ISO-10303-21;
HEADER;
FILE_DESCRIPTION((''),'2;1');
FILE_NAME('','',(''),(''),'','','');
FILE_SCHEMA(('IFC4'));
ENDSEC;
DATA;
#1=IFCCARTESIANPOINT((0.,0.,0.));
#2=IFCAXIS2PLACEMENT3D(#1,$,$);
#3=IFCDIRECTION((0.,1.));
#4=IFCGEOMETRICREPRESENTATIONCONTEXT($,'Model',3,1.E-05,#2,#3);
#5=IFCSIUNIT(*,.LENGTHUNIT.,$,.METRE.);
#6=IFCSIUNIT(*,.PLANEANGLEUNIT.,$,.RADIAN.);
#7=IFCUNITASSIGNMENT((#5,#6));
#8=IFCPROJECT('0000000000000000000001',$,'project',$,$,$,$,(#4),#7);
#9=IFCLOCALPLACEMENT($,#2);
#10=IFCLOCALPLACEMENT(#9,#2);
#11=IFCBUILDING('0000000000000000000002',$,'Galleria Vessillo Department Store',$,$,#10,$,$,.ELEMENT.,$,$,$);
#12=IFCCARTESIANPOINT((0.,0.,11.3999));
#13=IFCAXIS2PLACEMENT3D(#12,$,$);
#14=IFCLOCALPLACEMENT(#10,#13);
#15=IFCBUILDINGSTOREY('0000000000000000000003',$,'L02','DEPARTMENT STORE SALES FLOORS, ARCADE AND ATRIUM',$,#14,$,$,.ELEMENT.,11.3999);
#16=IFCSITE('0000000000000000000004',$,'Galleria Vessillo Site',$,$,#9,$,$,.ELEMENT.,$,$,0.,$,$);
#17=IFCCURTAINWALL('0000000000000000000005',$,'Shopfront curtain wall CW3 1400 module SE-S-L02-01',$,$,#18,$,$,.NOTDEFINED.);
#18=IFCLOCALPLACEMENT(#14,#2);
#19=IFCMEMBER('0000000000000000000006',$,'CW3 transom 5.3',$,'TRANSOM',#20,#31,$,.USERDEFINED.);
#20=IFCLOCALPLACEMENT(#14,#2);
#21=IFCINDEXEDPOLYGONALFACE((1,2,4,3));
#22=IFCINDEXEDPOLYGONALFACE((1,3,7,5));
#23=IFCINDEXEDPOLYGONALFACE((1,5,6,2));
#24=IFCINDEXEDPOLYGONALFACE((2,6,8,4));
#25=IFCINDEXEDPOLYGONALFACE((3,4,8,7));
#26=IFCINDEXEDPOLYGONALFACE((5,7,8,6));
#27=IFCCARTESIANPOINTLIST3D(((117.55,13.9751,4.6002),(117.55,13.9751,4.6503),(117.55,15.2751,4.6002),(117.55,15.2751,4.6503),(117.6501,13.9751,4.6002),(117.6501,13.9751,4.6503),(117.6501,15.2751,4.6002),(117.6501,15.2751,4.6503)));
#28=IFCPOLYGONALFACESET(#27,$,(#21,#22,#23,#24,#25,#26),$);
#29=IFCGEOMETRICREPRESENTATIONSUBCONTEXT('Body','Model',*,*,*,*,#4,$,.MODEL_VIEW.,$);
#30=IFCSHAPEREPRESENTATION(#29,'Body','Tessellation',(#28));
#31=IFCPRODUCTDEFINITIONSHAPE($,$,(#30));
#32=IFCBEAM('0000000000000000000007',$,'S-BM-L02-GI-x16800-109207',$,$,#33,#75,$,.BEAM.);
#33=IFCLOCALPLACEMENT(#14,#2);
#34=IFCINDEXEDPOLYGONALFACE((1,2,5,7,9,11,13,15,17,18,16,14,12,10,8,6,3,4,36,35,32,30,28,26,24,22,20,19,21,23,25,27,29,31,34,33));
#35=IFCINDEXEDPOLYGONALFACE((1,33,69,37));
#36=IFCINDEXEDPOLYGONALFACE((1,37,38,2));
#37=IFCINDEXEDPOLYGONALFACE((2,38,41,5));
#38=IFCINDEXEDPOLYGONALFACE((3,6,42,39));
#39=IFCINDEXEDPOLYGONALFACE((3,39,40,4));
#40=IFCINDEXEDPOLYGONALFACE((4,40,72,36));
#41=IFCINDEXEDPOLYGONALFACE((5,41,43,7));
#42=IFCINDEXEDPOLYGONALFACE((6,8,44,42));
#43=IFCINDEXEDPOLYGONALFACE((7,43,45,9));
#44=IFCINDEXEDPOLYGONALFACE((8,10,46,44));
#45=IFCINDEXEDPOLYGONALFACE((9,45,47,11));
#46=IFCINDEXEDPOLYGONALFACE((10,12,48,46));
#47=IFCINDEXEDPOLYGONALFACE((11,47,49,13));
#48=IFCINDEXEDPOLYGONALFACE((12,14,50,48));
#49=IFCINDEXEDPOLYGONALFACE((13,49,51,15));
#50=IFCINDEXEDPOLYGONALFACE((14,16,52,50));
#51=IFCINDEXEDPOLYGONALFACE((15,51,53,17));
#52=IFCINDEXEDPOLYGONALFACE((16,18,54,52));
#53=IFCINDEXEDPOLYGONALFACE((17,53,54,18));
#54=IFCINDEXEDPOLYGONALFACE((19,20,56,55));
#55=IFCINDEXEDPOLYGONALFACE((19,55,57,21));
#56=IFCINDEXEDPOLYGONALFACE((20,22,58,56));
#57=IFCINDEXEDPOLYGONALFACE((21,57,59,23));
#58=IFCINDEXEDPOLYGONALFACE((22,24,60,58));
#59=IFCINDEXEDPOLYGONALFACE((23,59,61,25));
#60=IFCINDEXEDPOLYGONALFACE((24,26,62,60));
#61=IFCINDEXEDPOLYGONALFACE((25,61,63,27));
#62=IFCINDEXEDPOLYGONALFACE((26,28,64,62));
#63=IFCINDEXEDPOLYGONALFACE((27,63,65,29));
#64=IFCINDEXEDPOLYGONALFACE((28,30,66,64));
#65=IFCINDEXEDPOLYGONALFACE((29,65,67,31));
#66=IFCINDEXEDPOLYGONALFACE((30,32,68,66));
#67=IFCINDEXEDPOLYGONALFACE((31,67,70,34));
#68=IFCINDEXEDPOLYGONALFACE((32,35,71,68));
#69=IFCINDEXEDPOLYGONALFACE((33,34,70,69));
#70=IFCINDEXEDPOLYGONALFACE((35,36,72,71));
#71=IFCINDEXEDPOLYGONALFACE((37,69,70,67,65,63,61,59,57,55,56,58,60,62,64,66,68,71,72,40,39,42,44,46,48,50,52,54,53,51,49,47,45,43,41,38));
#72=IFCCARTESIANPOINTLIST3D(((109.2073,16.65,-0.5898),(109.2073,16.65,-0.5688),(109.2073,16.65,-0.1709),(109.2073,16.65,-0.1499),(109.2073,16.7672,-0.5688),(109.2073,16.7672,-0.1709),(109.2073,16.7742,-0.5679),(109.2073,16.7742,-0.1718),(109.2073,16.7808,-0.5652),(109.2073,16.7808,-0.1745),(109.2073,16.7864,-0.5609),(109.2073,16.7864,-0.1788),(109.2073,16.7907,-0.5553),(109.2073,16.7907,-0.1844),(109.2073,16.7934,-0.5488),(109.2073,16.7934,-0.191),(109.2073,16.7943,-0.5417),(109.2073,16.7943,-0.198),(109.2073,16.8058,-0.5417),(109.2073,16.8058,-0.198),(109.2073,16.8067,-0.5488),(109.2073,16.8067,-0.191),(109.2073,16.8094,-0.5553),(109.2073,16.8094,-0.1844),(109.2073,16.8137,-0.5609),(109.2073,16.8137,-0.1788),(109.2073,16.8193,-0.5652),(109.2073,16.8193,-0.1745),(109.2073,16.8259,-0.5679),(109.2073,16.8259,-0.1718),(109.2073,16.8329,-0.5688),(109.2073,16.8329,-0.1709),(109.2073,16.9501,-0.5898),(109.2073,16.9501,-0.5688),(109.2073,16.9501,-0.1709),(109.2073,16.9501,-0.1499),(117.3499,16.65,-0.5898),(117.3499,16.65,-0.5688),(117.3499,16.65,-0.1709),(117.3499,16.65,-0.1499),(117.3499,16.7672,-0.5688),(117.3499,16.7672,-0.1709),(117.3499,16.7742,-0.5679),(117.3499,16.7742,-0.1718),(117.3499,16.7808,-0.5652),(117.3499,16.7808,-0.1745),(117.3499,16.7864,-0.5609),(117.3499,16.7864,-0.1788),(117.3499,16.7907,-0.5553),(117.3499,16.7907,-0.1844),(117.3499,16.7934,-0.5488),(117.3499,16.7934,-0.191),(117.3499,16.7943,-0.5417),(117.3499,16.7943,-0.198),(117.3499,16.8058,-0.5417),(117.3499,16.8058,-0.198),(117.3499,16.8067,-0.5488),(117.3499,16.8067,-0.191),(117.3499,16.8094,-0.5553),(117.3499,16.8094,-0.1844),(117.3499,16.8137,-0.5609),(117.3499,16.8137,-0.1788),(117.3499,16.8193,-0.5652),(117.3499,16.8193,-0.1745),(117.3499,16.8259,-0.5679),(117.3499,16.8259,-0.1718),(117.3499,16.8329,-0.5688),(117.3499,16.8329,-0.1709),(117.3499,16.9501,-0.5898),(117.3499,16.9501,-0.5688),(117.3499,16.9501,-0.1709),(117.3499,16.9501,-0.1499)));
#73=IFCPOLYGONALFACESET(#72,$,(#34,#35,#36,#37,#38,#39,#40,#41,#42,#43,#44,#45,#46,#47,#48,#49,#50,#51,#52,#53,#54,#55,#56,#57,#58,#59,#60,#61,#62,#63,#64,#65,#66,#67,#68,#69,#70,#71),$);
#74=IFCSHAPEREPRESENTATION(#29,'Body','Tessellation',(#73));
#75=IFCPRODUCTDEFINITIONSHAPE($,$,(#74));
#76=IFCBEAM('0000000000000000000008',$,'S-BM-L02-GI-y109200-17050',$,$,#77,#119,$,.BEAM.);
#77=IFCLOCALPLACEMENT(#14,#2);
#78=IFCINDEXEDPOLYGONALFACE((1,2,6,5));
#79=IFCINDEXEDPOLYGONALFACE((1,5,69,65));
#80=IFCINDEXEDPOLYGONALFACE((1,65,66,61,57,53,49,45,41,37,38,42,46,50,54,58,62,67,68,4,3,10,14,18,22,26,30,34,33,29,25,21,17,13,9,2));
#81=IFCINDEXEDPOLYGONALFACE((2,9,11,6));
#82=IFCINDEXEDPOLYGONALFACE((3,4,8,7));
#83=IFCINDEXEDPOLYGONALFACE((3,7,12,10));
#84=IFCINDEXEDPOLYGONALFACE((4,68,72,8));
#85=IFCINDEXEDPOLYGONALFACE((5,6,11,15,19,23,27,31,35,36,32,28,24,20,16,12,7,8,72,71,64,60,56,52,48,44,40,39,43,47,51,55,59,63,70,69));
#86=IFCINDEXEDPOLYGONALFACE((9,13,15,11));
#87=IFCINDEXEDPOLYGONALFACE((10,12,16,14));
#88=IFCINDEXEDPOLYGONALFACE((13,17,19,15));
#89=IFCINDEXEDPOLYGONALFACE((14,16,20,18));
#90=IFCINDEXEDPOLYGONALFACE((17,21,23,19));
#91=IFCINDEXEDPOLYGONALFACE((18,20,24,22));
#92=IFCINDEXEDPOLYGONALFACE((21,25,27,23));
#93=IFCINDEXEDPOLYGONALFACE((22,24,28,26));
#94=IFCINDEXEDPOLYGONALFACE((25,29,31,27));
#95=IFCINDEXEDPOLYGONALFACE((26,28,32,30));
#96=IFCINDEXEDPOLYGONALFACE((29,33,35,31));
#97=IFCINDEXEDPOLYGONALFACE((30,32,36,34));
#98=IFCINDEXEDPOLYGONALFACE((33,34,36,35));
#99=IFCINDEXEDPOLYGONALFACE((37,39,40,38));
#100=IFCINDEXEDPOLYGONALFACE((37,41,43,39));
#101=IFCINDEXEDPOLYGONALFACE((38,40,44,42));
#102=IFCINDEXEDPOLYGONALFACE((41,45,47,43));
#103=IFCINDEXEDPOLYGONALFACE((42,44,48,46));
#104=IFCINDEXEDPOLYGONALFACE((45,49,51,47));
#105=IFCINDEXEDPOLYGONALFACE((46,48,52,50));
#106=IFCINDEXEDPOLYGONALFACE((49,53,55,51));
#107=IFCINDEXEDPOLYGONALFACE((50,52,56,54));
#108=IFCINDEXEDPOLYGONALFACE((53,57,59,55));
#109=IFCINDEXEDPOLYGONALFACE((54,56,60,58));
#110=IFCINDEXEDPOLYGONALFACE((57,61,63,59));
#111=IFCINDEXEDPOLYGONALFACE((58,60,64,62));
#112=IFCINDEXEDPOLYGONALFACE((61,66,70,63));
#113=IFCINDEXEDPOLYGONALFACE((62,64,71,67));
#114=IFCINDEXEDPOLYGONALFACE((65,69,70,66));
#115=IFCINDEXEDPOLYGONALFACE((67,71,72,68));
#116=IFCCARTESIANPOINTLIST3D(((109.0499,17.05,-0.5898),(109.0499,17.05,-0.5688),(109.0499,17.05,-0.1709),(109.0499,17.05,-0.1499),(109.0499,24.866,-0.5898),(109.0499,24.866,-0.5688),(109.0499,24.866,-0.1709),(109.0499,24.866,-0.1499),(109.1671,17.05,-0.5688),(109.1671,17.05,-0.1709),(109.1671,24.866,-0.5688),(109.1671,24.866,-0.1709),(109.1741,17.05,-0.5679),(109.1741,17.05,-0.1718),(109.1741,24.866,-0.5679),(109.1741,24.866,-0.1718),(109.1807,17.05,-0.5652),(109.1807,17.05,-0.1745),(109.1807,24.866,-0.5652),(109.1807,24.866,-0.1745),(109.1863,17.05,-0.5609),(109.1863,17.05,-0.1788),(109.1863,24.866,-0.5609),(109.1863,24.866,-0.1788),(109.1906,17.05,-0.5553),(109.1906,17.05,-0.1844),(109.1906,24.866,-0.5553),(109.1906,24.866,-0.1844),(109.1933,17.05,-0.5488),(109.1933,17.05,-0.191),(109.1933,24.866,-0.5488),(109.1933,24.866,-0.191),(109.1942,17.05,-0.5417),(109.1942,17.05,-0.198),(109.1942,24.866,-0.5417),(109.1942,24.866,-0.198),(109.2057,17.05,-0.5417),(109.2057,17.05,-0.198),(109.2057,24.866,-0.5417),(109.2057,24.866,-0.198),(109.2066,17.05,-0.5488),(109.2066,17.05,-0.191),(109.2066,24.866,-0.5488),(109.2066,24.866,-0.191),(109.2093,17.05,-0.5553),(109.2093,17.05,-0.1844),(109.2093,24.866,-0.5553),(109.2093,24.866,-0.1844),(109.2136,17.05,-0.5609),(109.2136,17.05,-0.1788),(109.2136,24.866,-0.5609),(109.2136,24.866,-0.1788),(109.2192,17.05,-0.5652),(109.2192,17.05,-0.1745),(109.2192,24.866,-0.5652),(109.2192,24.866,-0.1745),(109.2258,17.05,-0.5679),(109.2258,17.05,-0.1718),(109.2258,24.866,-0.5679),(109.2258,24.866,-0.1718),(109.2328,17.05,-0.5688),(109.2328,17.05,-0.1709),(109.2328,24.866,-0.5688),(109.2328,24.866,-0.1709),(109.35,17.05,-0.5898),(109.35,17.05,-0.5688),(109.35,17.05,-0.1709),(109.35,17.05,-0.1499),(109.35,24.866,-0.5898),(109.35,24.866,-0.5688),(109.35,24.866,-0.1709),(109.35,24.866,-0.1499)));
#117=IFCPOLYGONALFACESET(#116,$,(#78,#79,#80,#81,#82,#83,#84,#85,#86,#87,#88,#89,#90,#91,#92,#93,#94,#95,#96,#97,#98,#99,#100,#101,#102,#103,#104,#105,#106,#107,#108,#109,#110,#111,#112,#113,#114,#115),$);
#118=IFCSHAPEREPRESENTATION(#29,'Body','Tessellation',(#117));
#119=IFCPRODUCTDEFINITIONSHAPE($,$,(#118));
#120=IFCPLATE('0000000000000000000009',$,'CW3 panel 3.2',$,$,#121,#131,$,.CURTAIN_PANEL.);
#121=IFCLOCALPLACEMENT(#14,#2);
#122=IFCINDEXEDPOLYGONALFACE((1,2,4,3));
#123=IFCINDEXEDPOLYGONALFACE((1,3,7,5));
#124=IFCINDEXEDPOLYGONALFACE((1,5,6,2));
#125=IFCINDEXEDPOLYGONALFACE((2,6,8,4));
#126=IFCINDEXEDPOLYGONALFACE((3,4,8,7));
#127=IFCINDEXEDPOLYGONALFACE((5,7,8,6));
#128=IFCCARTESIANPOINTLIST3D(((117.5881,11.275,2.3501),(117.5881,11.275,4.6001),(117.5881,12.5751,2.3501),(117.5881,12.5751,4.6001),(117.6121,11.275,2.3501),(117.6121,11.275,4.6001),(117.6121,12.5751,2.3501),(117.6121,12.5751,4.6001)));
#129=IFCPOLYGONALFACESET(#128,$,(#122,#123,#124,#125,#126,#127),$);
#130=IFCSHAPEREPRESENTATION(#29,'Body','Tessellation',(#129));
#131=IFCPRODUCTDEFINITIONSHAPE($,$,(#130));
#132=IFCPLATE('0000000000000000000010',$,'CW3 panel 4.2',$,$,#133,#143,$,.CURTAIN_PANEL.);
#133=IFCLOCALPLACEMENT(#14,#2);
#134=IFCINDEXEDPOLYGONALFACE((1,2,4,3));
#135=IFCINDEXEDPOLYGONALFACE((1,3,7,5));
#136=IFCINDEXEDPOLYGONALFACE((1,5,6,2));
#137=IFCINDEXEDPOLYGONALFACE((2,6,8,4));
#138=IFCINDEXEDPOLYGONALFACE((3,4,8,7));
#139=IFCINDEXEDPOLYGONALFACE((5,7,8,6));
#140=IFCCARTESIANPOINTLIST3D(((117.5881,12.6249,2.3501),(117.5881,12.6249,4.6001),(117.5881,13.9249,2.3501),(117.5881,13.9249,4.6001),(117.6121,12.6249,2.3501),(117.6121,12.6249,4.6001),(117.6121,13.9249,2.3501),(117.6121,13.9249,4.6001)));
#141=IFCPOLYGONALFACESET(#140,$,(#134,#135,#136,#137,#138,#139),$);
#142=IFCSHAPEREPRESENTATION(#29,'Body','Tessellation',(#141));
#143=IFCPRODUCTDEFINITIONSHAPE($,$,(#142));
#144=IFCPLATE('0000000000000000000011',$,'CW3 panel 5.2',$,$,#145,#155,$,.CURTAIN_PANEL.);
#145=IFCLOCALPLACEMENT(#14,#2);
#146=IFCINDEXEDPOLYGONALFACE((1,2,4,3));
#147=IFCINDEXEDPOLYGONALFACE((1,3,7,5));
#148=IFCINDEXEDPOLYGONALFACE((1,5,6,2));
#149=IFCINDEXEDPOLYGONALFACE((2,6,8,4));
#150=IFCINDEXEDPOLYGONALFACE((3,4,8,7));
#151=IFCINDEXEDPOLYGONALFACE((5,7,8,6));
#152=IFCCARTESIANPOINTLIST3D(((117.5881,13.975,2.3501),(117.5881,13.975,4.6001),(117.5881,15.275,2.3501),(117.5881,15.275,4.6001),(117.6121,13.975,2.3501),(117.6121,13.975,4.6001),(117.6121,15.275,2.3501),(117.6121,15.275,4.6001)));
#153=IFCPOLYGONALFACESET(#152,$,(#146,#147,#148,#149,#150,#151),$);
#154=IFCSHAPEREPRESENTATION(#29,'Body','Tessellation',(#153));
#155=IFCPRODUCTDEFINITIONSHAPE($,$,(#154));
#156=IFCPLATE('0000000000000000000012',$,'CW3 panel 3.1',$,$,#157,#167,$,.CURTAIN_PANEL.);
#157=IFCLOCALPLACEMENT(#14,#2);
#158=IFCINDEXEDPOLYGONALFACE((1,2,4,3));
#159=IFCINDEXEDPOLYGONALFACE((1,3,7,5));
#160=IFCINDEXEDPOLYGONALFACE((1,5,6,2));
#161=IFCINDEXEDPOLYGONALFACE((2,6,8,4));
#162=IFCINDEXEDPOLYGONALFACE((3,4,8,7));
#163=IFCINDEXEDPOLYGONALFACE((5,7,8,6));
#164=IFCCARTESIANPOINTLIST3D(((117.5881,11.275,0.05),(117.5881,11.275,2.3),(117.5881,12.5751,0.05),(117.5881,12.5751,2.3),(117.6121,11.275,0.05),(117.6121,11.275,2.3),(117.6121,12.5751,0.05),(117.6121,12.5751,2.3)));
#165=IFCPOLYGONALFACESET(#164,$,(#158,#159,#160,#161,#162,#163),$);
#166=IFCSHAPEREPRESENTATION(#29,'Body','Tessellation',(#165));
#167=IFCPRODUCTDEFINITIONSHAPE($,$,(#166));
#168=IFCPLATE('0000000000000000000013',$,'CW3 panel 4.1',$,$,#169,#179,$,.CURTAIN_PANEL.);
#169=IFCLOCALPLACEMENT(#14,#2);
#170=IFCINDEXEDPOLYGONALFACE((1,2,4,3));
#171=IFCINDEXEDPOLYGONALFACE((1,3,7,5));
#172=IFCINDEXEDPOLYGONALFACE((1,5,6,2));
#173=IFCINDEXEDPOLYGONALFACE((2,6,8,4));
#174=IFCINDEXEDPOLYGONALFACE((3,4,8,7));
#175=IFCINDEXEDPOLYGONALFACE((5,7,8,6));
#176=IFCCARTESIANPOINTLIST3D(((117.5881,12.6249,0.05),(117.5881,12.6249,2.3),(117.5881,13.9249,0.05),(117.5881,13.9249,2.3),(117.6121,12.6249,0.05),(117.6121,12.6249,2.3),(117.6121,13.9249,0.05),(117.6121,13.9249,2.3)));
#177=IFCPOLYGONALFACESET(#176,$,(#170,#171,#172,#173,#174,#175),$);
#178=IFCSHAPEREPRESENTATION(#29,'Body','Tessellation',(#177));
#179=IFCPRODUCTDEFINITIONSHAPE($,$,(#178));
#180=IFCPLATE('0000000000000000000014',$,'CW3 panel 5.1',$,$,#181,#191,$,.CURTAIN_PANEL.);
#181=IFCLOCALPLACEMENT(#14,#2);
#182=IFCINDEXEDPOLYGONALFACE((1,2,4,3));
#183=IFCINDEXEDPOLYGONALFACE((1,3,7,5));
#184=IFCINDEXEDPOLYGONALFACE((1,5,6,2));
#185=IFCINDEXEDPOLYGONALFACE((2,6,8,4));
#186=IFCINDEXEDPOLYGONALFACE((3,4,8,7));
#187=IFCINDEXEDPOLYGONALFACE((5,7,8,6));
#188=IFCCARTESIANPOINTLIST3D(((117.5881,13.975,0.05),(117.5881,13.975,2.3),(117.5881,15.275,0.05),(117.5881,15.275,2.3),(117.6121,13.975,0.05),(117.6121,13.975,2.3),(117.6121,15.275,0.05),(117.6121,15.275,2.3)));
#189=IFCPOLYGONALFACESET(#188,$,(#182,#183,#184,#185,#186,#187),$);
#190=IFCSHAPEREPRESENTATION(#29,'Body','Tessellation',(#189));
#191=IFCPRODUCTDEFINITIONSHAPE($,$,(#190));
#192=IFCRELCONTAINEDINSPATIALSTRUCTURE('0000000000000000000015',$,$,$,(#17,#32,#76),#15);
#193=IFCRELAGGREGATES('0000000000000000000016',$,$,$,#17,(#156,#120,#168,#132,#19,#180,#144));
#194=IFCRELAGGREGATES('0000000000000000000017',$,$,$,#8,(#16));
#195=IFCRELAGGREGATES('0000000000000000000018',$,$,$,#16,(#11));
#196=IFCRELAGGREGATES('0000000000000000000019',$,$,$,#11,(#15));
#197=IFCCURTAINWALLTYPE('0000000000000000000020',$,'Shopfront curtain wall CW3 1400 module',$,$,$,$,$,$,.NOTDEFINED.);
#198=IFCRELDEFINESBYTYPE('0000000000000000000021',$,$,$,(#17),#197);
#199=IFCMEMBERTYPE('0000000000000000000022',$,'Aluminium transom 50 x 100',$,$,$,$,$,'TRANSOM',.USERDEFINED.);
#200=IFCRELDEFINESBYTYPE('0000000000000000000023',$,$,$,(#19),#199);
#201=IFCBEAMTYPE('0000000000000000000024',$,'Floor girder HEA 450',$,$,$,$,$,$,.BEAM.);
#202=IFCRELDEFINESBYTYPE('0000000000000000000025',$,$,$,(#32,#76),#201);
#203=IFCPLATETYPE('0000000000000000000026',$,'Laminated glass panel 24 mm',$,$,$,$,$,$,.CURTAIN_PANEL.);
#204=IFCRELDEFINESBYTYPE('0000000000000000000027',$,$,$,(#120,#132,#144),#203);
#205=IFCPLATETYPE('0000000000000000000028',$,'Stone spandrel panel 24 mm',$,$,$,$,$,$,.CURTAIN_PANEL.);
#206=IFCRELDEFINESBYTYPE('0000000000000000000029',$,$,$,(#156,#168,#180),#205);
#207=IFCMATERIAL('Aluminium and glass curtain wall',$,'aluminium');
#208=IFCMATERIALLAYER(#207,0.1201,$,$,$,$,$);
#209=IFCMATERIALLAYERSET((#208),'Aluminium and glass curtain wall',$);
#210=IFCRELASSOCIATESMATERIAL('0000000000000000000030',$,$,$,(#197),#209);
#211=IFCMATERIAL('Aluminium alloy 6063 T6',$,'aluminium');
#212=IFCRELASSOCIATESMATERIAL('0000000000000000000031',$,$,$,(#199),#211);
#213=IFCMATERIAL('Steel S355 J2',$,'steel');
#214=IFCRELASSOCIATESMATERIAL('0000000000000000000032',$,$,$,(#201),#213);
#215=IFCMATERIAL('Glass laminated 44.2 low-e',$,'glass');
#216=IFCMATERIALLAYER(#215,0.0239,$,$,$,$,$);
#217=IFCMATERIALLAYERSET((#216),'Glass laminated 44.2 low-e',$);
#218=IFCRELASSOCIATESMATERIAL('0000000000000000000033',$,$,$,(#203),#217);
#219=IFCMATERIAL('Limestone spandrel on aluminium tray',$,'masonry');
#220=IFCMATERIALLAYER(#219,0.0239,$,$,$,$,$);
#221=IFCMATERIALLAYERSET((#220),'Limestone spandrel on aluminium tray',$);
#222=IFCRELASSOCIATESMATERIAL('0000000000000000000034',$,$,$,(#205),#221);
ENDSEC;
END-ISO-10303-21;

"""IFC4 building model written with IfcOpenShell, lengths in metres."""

from ifc_helpers import new_model, si_unit, direction, frame, origin, origin_2d, place, context, subcontext, project, spatial, rectangle, i_section, extrude, material, layer, layer_set, material_profile, profile_set, type_object, element, aggregate, save


model = new_model("IFC4")

# Units and contexts
model_context = context("Model", 3, precision=1e-05, world=origin(), true_north=direction((0.0, 1.0)))
body_context = subcontext(model_context, "Body", "Model", "MODEL_VIEW")
ifc_project = project(units=[si_unit("LENGTHUNIT", "METRE"), si_unit("PLANEANGLEUNIT", "RADIAN")], contexts=[model_context])

# Site, building, storey
site_placement = place(None, origin())
site = spatial("IfcSite", under=ifc_project, at=site_placement, Name="Galleria Vessillo Site", CompositionType="ELEMENT", RefElevation=0.0)
building_placement = place(site_placement, origin())
building = spatial("IfcBuilding", under=site, at=building_placement, Name="Galleria Vessillo Department Store", CompositionType="ELEMENT")
storey_placement = place(building_placement, frame((0.0, 0.0, 11.3999)))
storey = spatial("IfcBuildingStorey", under=building, at=storey_placement, Name="L02", Description="DEPARTMENT STORE SALES FLOORS, ARCADE AND ATRIUM", CompositionType="ELEMENT", Elevation=11.3999)

# Curtain wall, member
ifc_material_1 = material(Name="Aluminium and glass curtain wall", Category="aluminium")
ifc_layer_1 = layer(ifc_material_1, 0.1201)
ifc_layer_set_1 = layer_set([ifc_layer_1], Name="Aluminium and glass curtain wall")
curtain_wall_type = type_object("IfcCurtainWallType", Name="Shopfront curtain wall CW3 1400 module", PredefinedType="NOTDEFINED", material=ifc_layer_set_1)
curtain_wall_placement = place(storey_placement, origin())
curtain_wall = element("IfcCurtainWall", 1, at=curtain_wall_placement, inside=storey, type_object=curtain_wall_type, Name="Shopfront curtain wall CW3 1400 module SE-S-L02-01", PredefinedType="NOTDEFINED")
ifc_material_2 = material(Name="Aluminium alloy 6063 T6", Category="aluminium")
ifc_material_profile_1 = material_profile(ifc_material_2, rectangle(XDim=0.1001, YDim=0.05, at=origin_2d()), Name="AL 50x100")
ifc_profile_set_1 = profile_set([ifc_material_profile_1], Name="Aluminium alloy 6063 T6")
member_type_1 = type_object("IfcMemberType", Name="Aluminium transom 50 x 100", ElementType="TRANSOM", PredefinedType="USERDEFINED", material=ifc_profile_set_1)
member_1_placement = place(storey_placement, frame((117.6001, 13.9751, 4.6252), z_axis=(0.0, 1.0, 0.0), x_axis=(-1.0, 0.0, 0.0)))
member_1 = element("IfcMember", 2, at=member_1_placement, type_object=member_type_1, Name="CW3 transom 5.3", ObjectType="TRANSOM", PredefinedType="USERDEFINED", context=body_context, shape_type="SweptSolid", body=[
    extrude(rectangle(XDim=0.1001, YDim=0.05, at=origin_2d()), origin(), (0.0, 0.0, 1.0), 1.3),
])

# Beams
ifc_material_3 = material(Name="Steel S355 J2", Category="steel")
ifc_material_profile_2 = material_profile(ifc_material_3, i_section(OverallWidth=0.3, OverallDepth=0.4399, WebThickness=0.0115, FlangeThickness=0.021, FilletRadius=0.0271, at=origin_2d()), Name="HEA 450")
ifc_profile_set_2 = profile_set([ifc_material_profile_2], Name="Steel S355 J2")
beam_type = type_object("IfcBeamType", Name="Floor girder HEA 450", PredefinedType="BEAM", material=ifc_profile_set_2)
beam_1_placement = place(storey_placement, frame((109.2073, 16.8, -0.3699), z_axis=(1.0, 0.0, 0.0), x_axis=(0.0, 1.0, 0.0)))
element("IfcBeam", 3, at=beam_1_placement, inside=storey, type_object=beam_type, Name="S-BM-L02-GI-x16800-109207", PredefinedType="BEAM", context=body_context, shape_type="SweptSolid", body=[
    extrude(i_section(OverallWidth=0.3, OverallDepth=0.4399, WebThickness=0.0115, FlangeThickness=0.021, FilletRadius=0.0271, at=origin_2d()), origin(), (0.0, 0.0, 1.0), 8.1426),
])
beam_2_placement = place(storey_placement, frame((109.2, 17.05, -0.3699), z_axis=(0.0, 1.0, 0.0), x_axis=(-1.0, 0.0, 0.0)))
element("IfcBeam", 4, at=beam_2_placement, inside=storey, type_object=beam_type, Name="S-BM-L02-GI-y109200-17050", PredefinedType="BEAM", context=body_context, shape_type="SweptSolid", body=[
    extrude(i_section(OverallWidth=0.3, OverallDepth=0.4399, WebThickness=0.0115, FlangeThickness=0.021, FilletRadius=0.0271, at=origin_2d()), origin(), (0.0, 0.0, 1.0), 7.8159),
])

# Plates
ifc_material_4 = material(Name="Glass laminated 44.2 low-e", Category="glass")
ifc_layer_2 = layer(ifc_material_4, 0.0239)
ifc_layer_set_2 = layer_set([ifc_layer_2], Name="Glass laminated 44.2 low-e")
plate_type_1 = type_object("IfcPlateType", Name="Laminated glass panel 24 mm", PredefinedType="CURTAIN_PANEL", material=ifc_layer_set_2)
plate_1_placement = place(storey_placement, frame((117.6001, 11.925, 2.3501), z_axis=(0.0, 0.0, 1.0), x_axis=(0.0, 1.0, 0.0)))
plate_1 = element("IfcPlate", 5, at=plate_1_placement, type_object=plate_type_1, Name="CW3 panel 3.2", PredefinedType="CURTAIN_PANEL", context=body_context, shape_type="SweptSolid", body=[
    extrude(rectangle(XDim=1.3, YDim=0.0239, at=origin_2d()), origin(), (0.0, 0.0, 1.0), 2.25),
])
plate_2_placement = place(storey_placement, frame((117.6001, 13.2749, 2.3501), z_axis=(0.0, 0.0, 1.0), x_axis=(0.0, 1.0, 0.0)))
plate_2 = element("IfcPlate", 6, at=plate_2_placement, type_object=plate_type_1, Name="CW3 panel 4.2", PredefinedType="CURTAIN_PANEL", context=body_context, shape_type="SweptSolid", body=[
    extrude(rectangle(XDim=1.3, YDim=0.0239, at=origin_2d()), origin(), (0.0, 0.0, 1.0), 2.25),
])
plate_3_placement = place(storey_placement, frame((117.6001, 14.625, 2.3501), z_axis=(0.0, 0.0, 1.0), x_axis=(0.0, 1.0, 0.0)))
plate_3 = element("IfcPlate", 7, at=plate_3_placement, type_object=plate_type_1, Name="CW3 panel 5.2", PredefinedType="CURTAIN_PANEL", context=body_context, shape_type="SweptSolid", body=[
    extrude(rectangle(XDim=1.3, YDim=0.0239, at=origin_2d()), origin(), (0.0, 0.0, 1.0), 2.25),
])
ifc_material_5 = material(Name="Limestone spandrel on aluminium tray", Category="masonry")
ifc_layer_3 = layer(ifc_material_5, 0.0239)
ifc_layer_set_3 = layer_set([ifc_layer_3], Name="Limestone spandrel on aluminium tray")
plate_type_2 = type_object("IfcPlateType", Name="Stone spandrel panel 24 mm", PredefinedType="CURTAIN_PANEL", material=ifc_layer_set_3)
plate_4_placement = place(storey_placement, frame((117.6001, 11.925, 0.05), z_axis=(0.0, 0.0, 1.0), x_axis=(0.0, 1.0, 0.0)))
plate_4 = element("IfcPlate", 8, at=plate_4_placement, type_object=plate_type_2, Name="CW3 panel 3.1", PredefinedType="CURTAIN_PANEL", context=body_context, shape_type="SweptSolid", body=[
    extrude(rectangle(XDim=1.3, YDim=0.0239, at=origin_2d()), origin(), (0.0, 0.0, 1.0), 2.25),
])
plate_5_placement = place(storey_placement, frame((117.6001, 13.2749, 0.05), z_axis=(0.0, 0.0, 1.0), x_axis=(0.0, 1.0, 0.0)))
plate_5 = element("IfcPlate", 9, at=plate_5_placement, type_object=plate_type_2, Name="CW3 panel 4.1", PredefinedType="CURTAIN_PANEL", context=body_context, shape_type="SweptSolid", body=[
    extrude(rectangle(XDim=1.3, YDim=0.0239, at=origin_2d()), origin(), (0.0, 0.0, 1.0), 2.25),
])
plate_6_placement = place(storey_placement, frame((117.6001, 14.625, 0.05), z_axis=(0.0, 0.0, 1.0), x_axis=(0.0, 1.0, 0.0)))
plate_6 = element("IfcPlate", 10, at=plate_6_placement, type_object=plate_type_2, Name="CW3 panel 5.1", PredefinedType="CURTAIN_PANEL", context=body_context, shape_type="SweptSolid", body=[
    extrude(rectangle(XDim=1.3, YDim=0.0239, at=origin_2d()), origin(), (0.0, 0.0, 1.0), 2.25),
])
aggregate(curtain_wall, [plate_4, plate_1, plate_5, plate_2, member_1, plate_6, plate_3])

save(model, "model.ifc")
